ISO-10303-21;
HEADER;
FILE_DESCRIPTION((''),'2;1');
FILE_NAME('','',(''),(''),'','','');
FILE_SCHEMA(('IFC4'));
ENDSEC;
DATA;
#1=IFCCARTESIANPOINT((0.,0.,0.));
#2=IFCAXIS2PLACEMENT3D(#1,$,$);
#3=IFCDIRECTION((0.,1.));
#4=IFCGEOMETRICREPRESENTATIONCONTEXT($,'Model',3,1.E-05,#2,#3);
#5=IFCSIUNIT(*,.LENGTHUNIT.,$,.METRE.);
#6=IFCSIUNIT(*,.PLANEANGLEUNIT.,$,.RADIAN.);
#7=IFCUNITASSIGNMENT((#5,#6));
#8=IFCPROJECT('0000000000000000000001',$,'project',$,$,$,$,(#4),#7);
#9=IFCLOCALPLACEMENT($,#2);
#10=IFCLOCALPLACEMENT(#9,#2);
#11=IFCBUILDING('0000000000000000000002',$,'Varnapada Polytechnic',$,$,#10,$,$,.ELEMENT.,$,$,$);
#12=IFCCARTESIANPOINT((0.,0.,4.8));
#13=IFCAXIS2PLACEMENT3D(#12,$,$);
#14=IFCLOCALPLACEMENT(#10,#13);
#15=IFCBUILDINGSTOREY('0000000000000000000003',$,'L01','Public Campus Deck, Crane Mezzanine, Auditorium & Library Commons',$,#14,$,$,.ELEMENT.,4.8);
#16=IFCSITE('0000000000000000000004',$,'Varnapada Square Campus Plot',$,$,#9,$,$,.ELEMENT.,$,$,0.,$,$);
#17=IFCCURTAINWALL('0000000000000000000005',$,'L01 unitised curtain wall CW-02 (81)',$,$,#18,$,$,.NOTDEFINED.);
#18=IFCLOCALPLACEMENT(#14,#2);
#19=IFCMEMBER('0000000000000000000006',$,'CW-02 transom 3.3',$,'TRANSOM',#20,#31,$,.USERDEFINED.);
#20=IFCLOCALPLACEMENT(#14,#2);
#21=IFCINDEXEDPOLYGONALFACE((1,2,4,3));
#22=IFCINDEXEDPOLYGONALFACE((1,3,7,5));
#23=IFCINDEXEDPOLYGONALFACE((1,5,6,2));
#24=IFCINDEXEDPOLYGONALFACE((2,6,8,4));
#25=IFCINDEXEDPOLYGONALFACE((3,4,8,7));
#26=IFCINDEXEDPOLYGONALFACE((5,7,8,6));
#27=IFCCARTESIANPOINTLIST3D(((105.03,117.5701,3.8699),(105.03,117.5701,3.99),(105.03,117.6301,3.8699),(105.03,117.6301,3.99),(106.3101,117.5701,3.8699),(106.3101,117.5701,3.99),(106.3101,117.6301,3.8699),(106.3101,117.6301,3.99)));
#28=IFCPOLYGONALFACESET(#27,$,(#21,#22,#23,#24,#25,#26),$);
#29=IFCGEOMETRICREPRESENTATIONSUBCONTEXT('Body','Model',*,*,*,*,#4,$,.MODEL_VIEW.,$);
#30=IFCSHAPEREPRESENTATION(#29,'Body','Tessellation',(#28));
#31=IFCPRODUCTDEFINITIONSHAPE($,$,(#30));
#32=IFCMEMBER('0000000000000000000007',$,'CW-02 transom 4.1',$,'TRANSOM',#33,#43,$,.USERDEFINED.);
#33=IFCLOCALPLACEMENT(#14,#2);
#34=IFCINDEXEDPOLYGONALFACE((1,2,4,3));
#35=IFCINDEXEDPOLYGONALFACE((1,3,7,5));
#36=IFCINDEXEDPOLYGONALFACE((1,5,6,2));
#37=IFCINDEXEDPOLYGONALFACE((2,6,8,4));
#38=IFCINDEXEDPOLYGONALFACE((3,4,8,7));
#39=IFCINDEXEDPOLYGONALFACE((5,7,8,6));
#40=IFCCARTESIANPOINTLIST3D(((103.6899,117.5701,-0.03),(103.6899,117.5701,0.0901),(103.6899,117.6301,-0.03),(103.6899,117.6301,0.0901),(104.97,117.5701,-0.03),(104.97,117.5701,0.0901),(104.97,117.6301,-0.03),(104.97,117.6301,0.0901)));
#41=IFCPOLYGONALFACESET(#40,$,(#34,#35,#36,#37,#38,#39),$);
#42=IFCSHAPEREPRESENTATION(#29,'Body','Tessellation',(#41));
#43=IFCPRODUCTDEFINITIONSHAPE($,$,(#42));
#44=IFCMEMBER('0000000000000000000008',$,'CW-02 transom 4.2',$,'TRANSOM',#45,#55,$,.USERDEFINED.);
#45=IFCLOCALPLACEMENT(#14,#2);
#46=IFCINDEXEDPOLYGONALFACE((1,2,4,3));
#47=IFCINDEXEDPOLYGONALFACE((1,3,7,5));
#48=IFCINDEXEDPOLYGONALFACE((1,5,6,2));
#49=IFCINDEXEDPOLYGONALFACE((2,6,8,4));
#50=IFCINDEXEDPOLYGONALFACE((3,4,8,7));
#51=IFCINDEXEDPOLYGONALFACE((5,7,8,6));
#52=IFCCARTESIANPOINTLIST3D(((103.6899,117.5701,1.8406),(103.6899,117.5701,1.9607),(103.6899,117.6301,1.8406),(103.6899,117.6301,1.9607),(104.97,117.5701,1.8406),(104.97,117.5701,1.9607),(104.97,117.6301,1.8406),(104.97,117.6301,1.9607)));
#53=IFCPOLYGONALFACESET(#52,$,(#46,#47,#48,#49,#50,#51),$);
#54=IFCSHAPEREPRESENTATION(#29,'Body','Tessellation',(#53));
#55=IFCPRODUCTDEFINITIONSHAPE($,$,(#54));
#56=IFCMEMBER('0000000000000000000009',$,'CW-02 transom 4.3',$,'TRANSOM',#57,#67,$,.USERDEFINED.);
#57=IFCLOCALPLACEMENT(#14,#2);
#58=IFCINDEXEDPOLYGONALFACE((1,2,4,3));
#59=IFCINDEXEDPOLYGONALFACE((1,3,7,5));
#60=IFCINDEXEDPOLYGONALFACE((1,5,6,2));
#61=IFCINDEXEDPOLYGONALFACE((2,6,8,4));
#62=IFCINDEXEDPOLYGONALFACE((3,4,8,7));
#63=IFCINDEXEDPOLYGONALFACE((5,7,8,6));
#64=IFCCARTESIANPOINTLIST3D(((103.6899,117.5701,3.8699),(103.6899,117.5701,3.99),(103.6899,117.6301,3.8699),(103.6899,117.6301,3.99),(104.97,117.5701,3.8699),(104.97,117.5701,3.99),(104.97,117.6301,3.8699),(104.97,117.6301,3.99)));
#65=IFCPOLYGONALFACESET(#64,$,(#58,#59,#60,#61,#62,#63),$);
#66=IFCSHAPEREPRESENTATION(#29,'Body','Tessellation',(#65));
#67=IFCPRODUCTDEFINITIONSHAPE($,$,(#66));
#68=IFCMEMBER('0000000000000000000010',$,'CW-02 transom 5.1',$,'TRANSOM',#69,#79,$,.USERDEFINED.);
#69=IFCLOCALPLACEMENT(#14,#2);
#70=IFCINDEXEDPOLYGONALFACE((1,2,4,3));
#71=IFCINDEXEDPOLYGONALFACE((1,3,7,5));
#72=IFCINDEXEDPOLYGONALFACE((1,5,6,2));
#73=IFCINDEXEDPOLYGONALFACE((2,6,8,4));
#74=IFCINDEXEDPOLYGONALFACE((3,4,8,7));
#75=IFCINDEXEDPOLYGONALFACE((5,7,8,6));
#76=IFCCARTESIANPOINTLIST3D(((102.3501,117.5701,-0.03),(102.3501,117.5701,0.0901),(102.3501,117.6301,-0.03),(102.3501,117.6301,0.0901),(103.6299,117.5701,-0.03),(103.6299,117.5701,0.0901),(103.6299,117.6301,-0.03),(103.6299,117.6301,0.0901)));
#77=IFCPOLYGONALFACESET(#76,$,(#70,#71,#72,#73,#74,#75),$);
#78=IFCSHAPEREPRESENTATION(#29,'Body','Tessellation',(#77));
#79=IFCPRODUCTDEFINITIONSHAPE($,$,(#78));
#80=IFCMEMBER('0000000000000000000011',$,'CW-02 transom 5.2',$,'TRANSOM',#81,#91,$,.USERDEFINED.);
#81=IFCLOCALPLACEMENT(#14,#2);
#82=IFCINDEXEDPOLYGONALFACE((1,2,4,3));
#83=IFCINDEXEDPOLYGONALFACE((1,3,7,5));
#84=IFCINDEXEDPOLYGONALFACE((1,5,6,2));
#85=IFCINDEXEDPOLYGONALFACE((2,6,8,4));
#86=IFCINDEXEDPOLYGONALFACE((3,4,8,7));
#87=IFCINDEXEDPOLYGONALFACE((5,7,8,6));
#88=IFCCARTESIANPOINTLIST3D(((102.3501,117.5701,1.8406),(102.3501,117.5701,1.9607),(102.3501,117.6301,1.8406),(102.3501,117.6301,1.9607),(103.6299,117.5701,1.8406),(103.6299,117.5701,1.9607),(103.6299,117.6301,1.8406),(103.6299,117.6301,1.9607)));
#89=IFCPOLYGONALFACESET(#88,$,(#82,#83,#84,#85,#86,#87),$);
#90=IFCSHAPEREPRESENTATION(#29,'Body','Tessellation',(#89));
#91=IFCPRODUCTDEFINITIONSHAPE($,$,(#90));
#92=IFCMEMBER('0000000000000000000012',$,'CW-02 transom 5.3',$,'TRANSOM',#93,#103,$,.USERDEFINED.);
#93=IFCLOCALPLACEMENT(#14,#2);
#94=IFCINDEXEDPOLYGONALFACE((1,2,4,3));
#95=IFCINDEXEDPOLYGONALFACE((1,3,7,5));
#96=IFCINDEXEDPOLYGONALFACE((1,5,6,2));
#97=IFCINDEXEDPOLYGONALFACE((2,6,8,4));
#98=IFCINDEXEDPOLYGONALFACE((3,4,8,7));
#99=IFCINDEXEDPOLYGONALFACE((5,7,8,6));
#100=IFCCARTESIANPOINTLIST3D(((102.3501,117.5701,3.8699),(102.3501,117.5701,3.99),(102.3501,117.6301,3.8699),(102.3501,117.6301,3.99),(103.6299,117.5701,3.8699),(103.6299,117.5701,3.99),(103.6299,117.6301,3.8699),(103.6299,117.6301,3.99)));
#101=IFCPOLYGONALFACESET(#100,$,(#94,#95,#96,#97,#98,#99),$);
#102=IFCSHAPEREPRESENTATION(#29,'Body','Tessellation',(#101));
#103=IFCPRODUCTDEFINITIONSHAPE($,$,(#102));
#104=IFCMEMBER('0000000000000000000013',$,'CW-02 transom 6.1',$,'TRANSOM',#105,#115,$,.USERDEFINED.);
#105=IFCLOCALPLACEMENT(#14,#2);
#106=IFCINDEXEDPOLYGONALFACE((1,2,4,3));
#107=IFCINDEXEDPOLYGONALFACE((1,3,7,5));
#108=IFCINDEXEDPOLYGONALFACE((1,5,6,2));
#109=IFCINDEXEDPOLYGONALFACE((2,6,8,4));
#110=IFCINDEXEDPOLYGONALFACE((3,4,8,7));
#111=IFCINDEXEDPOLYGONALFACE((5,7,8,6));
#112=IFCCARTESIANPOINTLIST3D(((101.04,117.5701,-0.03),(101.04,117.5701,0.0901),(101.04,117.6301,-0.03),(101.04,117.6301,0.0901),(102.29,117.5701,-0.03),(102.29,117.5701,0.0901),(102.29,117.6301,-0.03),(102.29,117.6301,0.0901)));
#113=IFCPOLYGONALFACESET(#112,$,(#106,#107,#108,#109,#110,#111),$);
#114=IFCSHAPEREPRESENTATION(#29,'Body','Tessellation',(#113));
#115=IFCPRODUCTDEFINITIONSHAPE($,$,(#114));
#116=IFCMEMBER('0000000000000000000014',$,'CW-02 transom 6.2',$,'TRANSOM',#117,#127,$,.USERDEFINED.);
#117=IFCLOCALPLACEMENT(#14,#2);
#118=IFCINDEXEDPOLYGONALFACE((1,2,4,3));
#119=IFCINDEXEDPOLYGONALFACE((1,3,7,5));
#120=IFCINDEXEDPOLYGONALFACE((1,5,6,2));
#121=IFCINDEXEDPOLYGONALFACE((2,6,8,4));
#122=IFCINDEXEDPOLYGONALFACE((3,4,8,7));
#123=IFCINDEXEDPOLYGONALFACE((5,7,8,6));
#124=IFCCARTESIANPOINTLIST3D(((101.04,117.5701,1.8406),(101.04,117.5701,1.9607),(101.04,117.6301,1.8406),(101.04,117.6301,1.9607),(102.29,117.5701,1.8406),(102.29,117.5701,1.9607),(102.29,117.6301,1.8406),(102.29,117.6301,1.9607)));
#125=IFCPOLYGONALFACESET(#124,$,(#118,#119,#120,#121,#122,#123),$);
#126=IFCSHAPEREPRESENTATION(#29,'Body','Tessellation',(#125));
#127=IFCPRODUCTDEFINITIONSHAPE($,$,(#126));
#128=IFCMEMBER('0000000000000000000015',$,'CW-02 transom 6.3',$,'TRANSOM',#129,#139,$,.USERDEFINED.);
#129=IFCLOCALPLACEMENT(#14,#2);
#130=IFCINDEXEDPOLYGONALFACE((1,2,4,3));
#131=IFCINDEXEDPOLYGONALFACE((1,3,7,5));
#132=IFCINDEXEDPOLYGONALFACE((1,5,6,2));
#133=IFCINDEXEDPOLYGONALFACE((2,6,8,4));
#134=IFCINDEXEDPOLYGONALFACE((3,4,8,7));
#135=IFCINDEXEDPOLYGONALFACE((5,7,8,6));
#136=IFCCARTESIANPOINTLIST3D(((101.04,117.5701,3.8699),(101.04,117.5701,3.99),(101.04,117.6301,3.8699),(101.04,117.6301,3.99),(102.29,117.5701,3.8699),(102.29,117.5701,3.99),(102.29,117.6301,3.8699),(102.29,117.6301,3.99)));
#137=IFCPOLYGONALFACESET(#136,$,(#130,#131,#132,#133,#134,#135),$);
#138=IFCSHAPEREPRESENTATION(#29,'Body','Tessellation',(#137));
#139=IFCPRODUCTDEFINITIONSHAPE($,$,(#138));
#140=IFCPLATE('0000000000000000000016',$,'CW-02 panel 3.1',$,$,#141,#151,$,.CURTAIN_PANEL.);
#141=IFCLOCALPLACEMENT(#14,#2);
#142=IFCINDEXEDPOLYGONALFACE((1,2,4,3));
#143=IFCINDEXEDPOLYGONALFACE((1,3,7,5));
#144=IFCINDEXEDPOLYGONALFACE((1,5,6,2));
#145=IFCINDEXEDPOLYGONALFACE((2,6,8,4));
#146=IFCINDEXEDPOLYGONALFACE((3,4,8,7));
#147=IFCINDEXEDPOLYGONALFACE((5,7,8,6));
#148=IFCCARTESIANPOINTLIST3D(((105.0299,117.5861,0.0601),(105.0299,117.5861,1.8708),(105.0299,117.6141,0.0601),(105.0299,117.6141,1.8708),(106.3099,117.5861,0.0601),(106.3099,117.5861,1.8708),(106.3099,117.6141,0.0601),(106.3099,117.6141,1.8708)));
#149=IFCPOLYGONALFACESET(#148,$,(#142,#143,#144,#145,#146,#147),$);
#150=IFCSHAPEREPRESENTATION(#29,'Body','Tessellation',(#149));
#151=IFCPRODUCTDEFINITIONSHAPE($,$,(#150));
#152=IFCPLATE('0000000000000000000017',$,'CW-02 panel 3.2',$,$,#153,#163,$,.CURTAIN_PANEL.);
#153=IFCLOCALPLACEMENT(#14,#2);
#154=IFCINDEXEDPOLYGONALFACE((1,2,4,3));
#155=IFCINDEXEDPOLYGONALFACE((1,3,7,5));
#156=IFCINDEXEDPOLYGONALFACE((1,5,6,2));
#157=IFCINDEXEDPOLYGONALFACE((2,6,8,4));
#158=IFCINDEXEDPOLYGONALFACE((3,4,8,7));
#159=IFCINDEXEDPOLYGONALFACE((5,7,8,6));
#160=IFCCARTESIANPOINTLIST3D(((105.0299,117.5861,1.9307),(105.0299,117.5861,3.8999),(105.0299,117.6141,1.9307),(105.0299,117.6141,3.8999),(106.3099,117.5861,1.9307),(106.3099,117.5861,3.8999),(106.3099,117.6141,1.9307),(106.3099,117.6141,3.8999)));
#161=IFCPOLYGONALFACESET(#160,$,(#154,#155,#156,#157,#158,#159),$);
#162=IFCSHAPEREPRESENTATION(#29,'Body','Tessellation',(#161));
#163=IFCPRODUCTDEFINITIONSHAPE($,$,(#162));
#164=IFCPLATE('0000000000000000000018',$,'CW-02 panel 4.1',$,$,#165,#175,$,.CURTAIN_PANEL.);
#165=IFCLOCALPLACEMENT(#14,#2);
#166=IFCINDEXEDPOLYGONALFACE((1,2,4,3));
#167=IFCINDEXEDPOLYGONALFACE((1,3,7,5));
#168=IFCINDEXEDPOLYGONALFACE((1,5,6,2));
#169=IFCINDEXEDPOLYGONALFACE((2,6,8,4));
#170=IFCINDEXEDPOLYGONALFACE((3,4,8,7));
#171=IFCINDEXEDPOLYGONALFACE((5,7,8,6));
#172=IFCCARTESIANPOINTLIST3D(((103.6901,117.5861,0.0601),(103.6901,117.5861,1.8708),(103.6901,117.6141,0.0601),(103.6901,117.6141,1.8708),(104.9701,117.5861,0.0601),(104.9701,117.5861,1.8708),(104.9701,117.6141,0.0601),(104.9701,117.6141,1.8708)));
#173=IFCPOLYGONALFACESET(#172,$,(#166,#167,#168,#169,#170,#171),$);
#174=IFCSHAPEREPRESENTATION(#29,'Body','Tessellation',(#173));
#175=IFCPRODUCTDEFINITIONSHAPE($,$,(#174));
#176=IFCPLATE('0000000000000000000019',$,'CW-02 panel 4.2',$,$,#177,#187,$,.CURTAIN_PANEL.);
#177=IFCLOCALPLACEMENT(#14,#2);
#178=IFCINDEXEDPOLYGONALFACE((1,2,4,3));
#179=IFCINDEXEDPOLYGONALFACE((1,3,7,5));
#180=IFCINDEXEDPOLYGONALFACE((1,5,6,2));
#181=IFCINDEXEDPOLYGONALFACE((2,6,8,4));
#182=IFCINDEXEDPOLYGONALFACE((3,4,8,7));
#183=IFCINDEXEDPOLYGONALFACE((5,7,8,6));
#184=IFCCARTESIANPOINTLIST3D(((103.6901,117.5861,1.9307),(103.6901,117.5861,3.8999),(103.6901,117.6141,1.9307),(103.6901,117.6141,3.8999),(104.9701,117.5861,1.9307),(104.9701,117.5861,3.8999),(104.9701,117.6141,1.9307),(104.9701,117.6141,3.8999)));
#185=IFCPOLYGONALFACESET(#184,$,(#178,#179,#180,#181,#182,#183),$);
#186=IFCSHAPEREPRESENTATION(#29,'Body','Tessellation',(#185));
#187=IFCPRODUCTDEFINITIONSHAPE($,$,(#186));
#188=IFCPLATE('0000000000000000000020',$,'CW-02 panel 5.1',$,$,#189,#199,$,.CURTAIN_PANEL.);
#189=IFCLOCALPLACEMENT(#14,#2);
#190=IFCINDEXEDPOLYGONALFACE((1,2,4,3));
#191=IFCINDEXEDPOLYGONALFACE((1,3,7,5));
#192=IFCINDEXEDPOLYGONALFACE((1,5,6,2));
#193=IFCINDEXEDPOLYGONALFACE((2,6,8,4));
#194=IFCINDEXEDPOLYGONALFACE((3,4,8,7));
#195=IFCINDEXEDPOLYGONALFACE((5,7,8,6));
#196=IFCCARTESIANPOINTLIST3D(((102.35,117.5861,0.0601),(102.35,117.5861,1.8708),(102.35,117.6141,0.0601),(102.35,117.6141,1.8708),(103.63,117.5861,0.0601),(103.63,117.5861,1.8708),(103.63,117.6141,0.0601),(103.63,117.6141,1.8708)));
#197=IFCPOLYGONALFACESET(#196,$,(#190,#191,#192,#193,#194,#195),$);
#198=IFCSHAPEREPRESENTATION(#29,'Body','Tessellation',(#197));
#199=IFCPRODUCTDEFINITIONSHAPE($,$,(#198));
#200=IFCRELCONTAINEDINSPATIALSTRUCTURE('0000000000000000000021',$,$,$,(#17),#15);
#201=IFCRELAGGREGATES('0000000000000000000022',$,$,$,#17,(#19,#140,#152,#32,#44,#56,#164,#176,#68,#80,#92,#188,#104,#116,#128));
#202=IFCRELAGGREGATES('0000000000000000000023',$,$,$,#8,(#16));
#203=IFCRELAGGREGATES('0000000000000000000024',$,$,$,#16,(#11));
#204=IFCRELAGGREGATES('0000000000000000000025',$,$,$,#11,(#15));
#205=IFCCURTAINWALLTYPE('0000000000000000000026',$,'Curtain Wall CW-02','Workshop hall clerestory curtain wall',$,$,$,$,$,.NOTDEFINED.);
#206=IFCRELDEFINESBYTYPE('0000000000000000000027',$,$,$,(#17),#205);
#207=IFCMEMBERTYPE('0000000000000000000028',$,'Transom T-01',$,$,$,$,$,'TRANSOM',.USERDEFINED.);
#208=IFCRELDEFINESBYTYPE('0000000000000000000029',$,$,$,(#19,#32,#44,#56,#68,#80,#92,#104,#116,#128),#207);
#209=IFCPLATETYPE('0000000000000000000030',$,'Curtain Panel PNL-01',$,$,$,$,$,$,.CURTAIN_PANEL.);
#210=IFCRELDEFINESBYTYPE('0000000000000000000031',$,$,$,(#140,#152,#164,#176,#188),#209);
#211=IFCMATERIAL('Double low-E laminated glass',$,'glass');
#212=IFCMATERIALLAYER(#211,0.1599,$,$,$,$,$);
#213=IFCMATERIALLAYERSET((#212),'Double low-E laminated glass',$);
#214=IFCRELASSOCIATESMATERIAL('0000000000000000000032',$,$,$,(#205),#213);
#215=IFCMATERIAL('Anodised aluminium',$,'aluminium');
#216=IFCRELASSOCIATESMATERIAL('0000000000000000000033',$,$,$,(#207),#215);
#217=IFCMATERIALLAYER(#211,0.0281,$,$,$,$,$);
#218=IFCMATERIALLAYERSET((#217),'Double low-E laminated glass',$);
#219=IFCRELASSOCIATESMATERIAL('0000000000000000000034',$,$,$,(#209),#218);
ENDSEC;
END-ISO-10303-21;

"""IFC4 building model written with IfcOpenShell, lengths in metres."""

from ifc_helpers import new_model, si_unit, direction, frame, origin, origin_2d, place, context, subcontext, project, spatial, rectangle, extrude, material, layer, layer_set, material_profile, profile_set, type_object, element, aggregate, save


model = new_model("IFC4")

# Units and contexts
model_context = context("Model", 3, precision=1e-05, world=origin(), true_north=direction((0.0, 1.0)))
body_context = subcontext(model_context, "Body", "Model", "MODEL_VIEW")
ifc_project = project(units=[si_unit("LENGTHUNIT", "METRE"), si_unit("PLANEANGLEUNIT", "RADIAN")], contexts=[model_context])

# Site, building, storey
site_placement = place(None, origin())
site = spatial("IfcSite", under=ifc_project, at=site_placement, Name="Varnapada Square Campus Plot", CompositionType="ELEMENT", RefElevation=0.0)
building_placement = place(site_placement, origin())
building = spatial("IfcBuilding", under=site, at=building_placement, Name="Varnapada Polytechnic", CompositionType="ELEMENT")
storey_placement = place(building_placement, frame((0.0, 0.0, 4.8)))
storey = spatial("IfcBuildingStorey", under=building, at=storey_placement, Name="L01", Description="Public Campus Deck, Crane Mezzanine, Auditorium & Library Commons", CompositionType="ELEMENT", Elevation=4.8)

# Curtain wall
ifc_material_1 = material(Name="Double low-E laminated glass", Category="glass")
ifc_layer_1 = layer(ifc_material_1, 0.1599)
ifc_layer_set_1 = layer_set([ifc_layer_1], Name="Double low-E laminated glass")
curtain_wall_type = type_object("IfcCurtainWallType", Name="Curtain Wall CW-02", Description="Workshop hall clerestory curtain wall", PredefinedType="NOTDEFINED", material=ifc_layer_set_1)
curtain_wall_placement = place(storey_placement, origin())
curtain_wall = element("IfcCurtainWall", 1, at=curtain_wall_placement, inside=storey, type_object=curtain_wall_type, Name="L01 unitised curtain wall CW-02 (81)", PredefinedType="NOTDEFINED")
ifc_material_2 = material(Name="Anodised aluminium", Category="aluminium")

# Members
ifc_material_profile_1 = material_profile(ifc_material_2, rectangle(XDim=0.0601, YDim=0.1201, at=origin_2d()), Name="ALU T60x120")
ifc_profile_set_1 = profile_set([ifc_material_profile_1], Name="Anodised aluminium")
member_type_1 = type_object("IfcMemberType", Name="Transom T-01", ElementType="TRANSOM", PredefinedType="USERDEFINED", material=ifc_profile_set_1)
member_1_placement = place(storey_placement, frame((106.3101, 117.6001, 3.9299), z_axis=(-1.0, 0.0, 0.0), x_axis=(0.0, -1.0, 0.0)))
member_1 = element("IfcMember", 2, at=member_1_placement, type_object=member_type_1, Name="CW-02 transom 3.3", ObjectType="TRANSOM", PredefinedType="USERDEFINED", context=body_context, shape_type="SweptSolid", body=[
    extrude(rectangle(XDim=0.0601, YDim=0.1201, at=origin_2d()), origin(), (0.0, 0.0, 1.0), 1.28),
])
member_2_placement = place(storey_placement, frame((104.97, 117.6001, 0.03), z_axis=(-1.0, 0.0, 0.0), x_axis=(0.0, -1.0, 0.0)))
member_2 = element("IfcMember", 3, at=member_2_placement, type_object=member_type_1, Name="CW-02 transom 4.1", ObjectType="TRANSOM", PredefinedType="USERDEFINED", context=body_context, shape_type="SweptSolid", body=[
    extrude(rectangle(XDim=0.0601, YDim=0.1201, at=origin_2d()), origin(), (0.0, 0.0, 1.0), 1.28),
])
member_3_placement = place(storey_placement, frame((104.97, 117.6001, 1.9006), z_axis=(-1.0, 0.0, 0.0), x_axis=(0.0, -1.0, 0.0)))
member_3 = element("IfcMember", 4, at=member_3_placement, type_object=member_type_1, Name="CW-02 transom 4.2", ObjectType="TRANSOM", PredefinedType="USERDEFINED", context=body_context, shape_type="SweptSolid", body=[
    extrude(rectangle(XDim=0.0601, YDim=0.1201, at=origin_2d()), origin(), (0.0, 0.0, 1.0), 1.28),
])
member_4_placement = place(storey_placement, frame((104.97, 117.6001, 3.9299), z_axis=(-1.0, 0.0, 0.0), x_axis=(0.0, -1.0, 0.0)))
member_4 = element("IfcMember", 5, at=member_4_placement, type_object=member_type_1, Name="CW-02 transom 4.3", ObjectType="TRANSOM", PredefinedType="USERDEFINED", context=body_context, shape_type="SweptSolid", body=[
    extrude(rectangle(XDim=0.0601, YDim=0.1201, at=origin_2d()), origin(), (0.0, 0.0, 1.0), 1.28),
])
member_5_placement = place(storey_placement, frame((103.6299, 117.6001, 0.03), z_axis=(-1.0, 0.0, 0.0), x_axis=(0.0, -1.0, 0.0)))
member_5 = element("IfcMember", 6, at=member_5_placement, type_object=member_type_1, Name="CW-02 transom 5.1", ObjectType="TRANSOM", PredefinedType="USERDEFINED", context=body_context, shape_type="SweptSolid", body=[
    extrude(rectangle(XDim=0.0601, YDim=0.1201, at=origin_2d()), origin(), (0.0, 0.0, 1.0), 1.2798),
])
member_6_placement = place(storey_placement, frame((103.6299, 117.6001, 1.9006), z_axis=(-1.0, 0.0, 0.0), x_axis=(0.0, -1.0, 0.0)))
member_6 = element("IfcMember", 7, at=member_6_placement, type_object=member_type_1, Name="CW-02 transom 5.2", ObjectType="TRANSOM", PredefinedType="USERDEFINED", context=body_context, shape_type="SweptSolid", body=[
    extrude(rectangle(XDim=0.0601, YDim=0.1201, at=origin_2d()), origin(), (0.0, 0.0, 1.0), 1.2798),
])
member_7_placement = place(storey_placement, frame((103.6299, 117.6001, 3.9299), z_axis=(-1.0, 0.0, 0.0), x_axis=(0.0, -1.0, 0.0)))
member_7 = element("IfcMember", 8, at=member_7_placement, type_object=member_type_1, Name="CW-02 transom 5.3", ObjectType="TRANSOM", PredefinedType="USERDEFINED", context=body_context, shape_type="SweptSolid", body=[
    extrude(rectangle(XDim=0.0601, YDim=0.1201, at=origin_2d()), origin(), (0.0, 0.0, 1.0), 1.2798),
])
member_8_placement = place(storey_placement, frame((102.29, 117.6001, 0.03), z_axis=(-1.0, 0.0, 0.0), x_axis=(0.0, -1.0, 0.0)))
member_8 = element("IfcMember", 9, at=member_8_placement, type_object=member_type_1, Name="CW-02 transom 6.1", ObjectType="TRANSOM", PredefinedType="USERDEFINED", context=body_context, shape_type="SweptSolid", body=[
    extrude(rectangle(XDim=0.0601, YDim=0.1201, at=origin_2d()), origin(), (0.0, 0.0, 1.0), 1.25),
])
member_9_placement = place(storey_placement, frame((102.29, 117.6001, 1.9006), z_axis=(-1.0, 0.0, 0.0), x_axis=(0.0, -1.0, 0.0)))
member_9 = element("IfcMember", 10, at=member_9_placement, type_object=member_type_1, Name="CW-02 transom 6.2", ObjectType="TRANSOM", PredefinedType="USERDEFINED", context=body_context, shape_type="SweptSolid", body=[
    extrude(rectangle(XDim=0.0601, YDim=0.1201, at=origin_2d()), origin(), (0.0, 0.0, 1.0), 1.25),
])
member_10_placement = place(storey_placement, frame((102.29, 117.6001, 3.9299), z_axis=(-1.0, 0.0, 0.0), x_axis=(0.0, -1.0, 0.0)))
member_10 = element("IfcMember", 11, at=member_10_placement, type_object=member_type_1, Name="CW-02 transom 6.3", ObjectType="TRANSOM", PredefinedType="USERDEFINED", context=body_context, shape_type="SweptSolid", body=[
    extrude(rectangle(XDim=0.0601, YDim=0.1201, at=origin_2d()), origin(), (0.0, 0.0, 1.0), 1.25),
])

# Plates
ifc_layer_2 = layer(ifc_material_1, 0.0281)
ifc_layer_set_2 = layer_set([ifc_layer_2], Name="Double low-E laminated glass")
plate_type = type_object("IfcPlateType", Name="Curtain Panel PNL-01", PredefinedType="CURTAIN_PANEL", material=ifc_layer_set_2)
plate_1_placement = place(storey_placement, frame((105.6699, 117.6001, 0.0601), z_axis=(0.0, 0.0, 1.0), x_axis=(-1.0, 0.0, 0.0)))
plate_1 = element("IfcPlate", 12, at=plate_1_placement, type_object=plate_type, Name="CW-02 panel 3.1", PredefinedType="CURTAIN_PANEL", context=body_context, shape_type="SweptSolid", body=[
    extrude(rectangle(XDim=1.28, YDim=0.0281, at=origin_2d()), origin(), (0.0, 0.0, 1.0), 1.8108),
])
plate_2_placement = place(storey_placement, frame((105.6699, 117.6001, 1.9307), z_axis=(0.0, 0.0, 1.0), x_axis=(-1.0, 0.0, 0.0)))
plate_2 = element("IfcPlate", 13, at=plate_2_placement, type_object=plate_type, Name="CW-02 panel 3.2", PredefinedType="CURTAIN_PANEL", context=body_context, shape_type="SweptSolid", body=[
    extrude(rectangle(XDim=1.28, YDim=0.0281, at=origin_2d()), origin(), (0.0, 0.0, 1.0), 1.9692),
])
plate_3_placement = place(storey_placement, frame((104.3301, 117.6001, 0.0601), z_axis=(0.0, 0.0, 1.0), x_axis=(-1.0, 0.0, 0.0)))
plate_3 = element("IfcPlate", 14, at=plate_3_placement, type_object=plate_type, Name="CW-02 panel 4.1", PredefinedType="CURTAIN_PANEL", context=body_context, shape_type="SweptSolid", body=[
    extrude(rectangle(XDim=1.28, YDim=0.0281, at=origin_2d()), origin(), (0.0, 0.0, 1.0), 1.8108),
])
plate_4_placement = place(storey_placement, frame((104.3301, 117.6001, 1.9307), z_axis=(0.0, 0.0, 1.0), x_axis=(-1.0, 0.0, 0.0)))
plate_4 = element("IfcPlate", 15, at=plate_4_placement, type_object=plate_type, Name="CW-02 panel 4.2", PredefinedType="CURTAIN_PANEL", context=body_context, shape_type="SweptSolid", body=[
    extrude(rectangle(XDim=1.28, YDim=0.0281, at=origin_2d()), origin(), (0.0, 0.0, 1.0), 1.9692),
])
plate_5_placement = place(storey_placement, frame((102.99, 117.6001, 0.0601), z_axis=(0.0, 0.0, 1.0), x_axis=(-1.0, 0.0, 0.0)))
plate_5 = element("IfcPlate", 16, at=plate_5_placement, type_object=plate_type, Name="CW-02 panel 5.1", PredefinedType="CURTAIN_PANEL", context=body_context, shape_type="SweptSolid", body=[
    extrude(rectangle(XDim=1.28, YDim=0.0281, at=origin_2d()), origin(), (0.0, 0.0, 1.0), 1.8108),
])
aggregate(curtain_wall, [member_1, plate_1, plate_2, member_2, member_3, member_4, plate_3, plate_4, member_5, member_6, member_7, plate_5, member_8, member_9, member_10])

save(model, "model.ifc")
